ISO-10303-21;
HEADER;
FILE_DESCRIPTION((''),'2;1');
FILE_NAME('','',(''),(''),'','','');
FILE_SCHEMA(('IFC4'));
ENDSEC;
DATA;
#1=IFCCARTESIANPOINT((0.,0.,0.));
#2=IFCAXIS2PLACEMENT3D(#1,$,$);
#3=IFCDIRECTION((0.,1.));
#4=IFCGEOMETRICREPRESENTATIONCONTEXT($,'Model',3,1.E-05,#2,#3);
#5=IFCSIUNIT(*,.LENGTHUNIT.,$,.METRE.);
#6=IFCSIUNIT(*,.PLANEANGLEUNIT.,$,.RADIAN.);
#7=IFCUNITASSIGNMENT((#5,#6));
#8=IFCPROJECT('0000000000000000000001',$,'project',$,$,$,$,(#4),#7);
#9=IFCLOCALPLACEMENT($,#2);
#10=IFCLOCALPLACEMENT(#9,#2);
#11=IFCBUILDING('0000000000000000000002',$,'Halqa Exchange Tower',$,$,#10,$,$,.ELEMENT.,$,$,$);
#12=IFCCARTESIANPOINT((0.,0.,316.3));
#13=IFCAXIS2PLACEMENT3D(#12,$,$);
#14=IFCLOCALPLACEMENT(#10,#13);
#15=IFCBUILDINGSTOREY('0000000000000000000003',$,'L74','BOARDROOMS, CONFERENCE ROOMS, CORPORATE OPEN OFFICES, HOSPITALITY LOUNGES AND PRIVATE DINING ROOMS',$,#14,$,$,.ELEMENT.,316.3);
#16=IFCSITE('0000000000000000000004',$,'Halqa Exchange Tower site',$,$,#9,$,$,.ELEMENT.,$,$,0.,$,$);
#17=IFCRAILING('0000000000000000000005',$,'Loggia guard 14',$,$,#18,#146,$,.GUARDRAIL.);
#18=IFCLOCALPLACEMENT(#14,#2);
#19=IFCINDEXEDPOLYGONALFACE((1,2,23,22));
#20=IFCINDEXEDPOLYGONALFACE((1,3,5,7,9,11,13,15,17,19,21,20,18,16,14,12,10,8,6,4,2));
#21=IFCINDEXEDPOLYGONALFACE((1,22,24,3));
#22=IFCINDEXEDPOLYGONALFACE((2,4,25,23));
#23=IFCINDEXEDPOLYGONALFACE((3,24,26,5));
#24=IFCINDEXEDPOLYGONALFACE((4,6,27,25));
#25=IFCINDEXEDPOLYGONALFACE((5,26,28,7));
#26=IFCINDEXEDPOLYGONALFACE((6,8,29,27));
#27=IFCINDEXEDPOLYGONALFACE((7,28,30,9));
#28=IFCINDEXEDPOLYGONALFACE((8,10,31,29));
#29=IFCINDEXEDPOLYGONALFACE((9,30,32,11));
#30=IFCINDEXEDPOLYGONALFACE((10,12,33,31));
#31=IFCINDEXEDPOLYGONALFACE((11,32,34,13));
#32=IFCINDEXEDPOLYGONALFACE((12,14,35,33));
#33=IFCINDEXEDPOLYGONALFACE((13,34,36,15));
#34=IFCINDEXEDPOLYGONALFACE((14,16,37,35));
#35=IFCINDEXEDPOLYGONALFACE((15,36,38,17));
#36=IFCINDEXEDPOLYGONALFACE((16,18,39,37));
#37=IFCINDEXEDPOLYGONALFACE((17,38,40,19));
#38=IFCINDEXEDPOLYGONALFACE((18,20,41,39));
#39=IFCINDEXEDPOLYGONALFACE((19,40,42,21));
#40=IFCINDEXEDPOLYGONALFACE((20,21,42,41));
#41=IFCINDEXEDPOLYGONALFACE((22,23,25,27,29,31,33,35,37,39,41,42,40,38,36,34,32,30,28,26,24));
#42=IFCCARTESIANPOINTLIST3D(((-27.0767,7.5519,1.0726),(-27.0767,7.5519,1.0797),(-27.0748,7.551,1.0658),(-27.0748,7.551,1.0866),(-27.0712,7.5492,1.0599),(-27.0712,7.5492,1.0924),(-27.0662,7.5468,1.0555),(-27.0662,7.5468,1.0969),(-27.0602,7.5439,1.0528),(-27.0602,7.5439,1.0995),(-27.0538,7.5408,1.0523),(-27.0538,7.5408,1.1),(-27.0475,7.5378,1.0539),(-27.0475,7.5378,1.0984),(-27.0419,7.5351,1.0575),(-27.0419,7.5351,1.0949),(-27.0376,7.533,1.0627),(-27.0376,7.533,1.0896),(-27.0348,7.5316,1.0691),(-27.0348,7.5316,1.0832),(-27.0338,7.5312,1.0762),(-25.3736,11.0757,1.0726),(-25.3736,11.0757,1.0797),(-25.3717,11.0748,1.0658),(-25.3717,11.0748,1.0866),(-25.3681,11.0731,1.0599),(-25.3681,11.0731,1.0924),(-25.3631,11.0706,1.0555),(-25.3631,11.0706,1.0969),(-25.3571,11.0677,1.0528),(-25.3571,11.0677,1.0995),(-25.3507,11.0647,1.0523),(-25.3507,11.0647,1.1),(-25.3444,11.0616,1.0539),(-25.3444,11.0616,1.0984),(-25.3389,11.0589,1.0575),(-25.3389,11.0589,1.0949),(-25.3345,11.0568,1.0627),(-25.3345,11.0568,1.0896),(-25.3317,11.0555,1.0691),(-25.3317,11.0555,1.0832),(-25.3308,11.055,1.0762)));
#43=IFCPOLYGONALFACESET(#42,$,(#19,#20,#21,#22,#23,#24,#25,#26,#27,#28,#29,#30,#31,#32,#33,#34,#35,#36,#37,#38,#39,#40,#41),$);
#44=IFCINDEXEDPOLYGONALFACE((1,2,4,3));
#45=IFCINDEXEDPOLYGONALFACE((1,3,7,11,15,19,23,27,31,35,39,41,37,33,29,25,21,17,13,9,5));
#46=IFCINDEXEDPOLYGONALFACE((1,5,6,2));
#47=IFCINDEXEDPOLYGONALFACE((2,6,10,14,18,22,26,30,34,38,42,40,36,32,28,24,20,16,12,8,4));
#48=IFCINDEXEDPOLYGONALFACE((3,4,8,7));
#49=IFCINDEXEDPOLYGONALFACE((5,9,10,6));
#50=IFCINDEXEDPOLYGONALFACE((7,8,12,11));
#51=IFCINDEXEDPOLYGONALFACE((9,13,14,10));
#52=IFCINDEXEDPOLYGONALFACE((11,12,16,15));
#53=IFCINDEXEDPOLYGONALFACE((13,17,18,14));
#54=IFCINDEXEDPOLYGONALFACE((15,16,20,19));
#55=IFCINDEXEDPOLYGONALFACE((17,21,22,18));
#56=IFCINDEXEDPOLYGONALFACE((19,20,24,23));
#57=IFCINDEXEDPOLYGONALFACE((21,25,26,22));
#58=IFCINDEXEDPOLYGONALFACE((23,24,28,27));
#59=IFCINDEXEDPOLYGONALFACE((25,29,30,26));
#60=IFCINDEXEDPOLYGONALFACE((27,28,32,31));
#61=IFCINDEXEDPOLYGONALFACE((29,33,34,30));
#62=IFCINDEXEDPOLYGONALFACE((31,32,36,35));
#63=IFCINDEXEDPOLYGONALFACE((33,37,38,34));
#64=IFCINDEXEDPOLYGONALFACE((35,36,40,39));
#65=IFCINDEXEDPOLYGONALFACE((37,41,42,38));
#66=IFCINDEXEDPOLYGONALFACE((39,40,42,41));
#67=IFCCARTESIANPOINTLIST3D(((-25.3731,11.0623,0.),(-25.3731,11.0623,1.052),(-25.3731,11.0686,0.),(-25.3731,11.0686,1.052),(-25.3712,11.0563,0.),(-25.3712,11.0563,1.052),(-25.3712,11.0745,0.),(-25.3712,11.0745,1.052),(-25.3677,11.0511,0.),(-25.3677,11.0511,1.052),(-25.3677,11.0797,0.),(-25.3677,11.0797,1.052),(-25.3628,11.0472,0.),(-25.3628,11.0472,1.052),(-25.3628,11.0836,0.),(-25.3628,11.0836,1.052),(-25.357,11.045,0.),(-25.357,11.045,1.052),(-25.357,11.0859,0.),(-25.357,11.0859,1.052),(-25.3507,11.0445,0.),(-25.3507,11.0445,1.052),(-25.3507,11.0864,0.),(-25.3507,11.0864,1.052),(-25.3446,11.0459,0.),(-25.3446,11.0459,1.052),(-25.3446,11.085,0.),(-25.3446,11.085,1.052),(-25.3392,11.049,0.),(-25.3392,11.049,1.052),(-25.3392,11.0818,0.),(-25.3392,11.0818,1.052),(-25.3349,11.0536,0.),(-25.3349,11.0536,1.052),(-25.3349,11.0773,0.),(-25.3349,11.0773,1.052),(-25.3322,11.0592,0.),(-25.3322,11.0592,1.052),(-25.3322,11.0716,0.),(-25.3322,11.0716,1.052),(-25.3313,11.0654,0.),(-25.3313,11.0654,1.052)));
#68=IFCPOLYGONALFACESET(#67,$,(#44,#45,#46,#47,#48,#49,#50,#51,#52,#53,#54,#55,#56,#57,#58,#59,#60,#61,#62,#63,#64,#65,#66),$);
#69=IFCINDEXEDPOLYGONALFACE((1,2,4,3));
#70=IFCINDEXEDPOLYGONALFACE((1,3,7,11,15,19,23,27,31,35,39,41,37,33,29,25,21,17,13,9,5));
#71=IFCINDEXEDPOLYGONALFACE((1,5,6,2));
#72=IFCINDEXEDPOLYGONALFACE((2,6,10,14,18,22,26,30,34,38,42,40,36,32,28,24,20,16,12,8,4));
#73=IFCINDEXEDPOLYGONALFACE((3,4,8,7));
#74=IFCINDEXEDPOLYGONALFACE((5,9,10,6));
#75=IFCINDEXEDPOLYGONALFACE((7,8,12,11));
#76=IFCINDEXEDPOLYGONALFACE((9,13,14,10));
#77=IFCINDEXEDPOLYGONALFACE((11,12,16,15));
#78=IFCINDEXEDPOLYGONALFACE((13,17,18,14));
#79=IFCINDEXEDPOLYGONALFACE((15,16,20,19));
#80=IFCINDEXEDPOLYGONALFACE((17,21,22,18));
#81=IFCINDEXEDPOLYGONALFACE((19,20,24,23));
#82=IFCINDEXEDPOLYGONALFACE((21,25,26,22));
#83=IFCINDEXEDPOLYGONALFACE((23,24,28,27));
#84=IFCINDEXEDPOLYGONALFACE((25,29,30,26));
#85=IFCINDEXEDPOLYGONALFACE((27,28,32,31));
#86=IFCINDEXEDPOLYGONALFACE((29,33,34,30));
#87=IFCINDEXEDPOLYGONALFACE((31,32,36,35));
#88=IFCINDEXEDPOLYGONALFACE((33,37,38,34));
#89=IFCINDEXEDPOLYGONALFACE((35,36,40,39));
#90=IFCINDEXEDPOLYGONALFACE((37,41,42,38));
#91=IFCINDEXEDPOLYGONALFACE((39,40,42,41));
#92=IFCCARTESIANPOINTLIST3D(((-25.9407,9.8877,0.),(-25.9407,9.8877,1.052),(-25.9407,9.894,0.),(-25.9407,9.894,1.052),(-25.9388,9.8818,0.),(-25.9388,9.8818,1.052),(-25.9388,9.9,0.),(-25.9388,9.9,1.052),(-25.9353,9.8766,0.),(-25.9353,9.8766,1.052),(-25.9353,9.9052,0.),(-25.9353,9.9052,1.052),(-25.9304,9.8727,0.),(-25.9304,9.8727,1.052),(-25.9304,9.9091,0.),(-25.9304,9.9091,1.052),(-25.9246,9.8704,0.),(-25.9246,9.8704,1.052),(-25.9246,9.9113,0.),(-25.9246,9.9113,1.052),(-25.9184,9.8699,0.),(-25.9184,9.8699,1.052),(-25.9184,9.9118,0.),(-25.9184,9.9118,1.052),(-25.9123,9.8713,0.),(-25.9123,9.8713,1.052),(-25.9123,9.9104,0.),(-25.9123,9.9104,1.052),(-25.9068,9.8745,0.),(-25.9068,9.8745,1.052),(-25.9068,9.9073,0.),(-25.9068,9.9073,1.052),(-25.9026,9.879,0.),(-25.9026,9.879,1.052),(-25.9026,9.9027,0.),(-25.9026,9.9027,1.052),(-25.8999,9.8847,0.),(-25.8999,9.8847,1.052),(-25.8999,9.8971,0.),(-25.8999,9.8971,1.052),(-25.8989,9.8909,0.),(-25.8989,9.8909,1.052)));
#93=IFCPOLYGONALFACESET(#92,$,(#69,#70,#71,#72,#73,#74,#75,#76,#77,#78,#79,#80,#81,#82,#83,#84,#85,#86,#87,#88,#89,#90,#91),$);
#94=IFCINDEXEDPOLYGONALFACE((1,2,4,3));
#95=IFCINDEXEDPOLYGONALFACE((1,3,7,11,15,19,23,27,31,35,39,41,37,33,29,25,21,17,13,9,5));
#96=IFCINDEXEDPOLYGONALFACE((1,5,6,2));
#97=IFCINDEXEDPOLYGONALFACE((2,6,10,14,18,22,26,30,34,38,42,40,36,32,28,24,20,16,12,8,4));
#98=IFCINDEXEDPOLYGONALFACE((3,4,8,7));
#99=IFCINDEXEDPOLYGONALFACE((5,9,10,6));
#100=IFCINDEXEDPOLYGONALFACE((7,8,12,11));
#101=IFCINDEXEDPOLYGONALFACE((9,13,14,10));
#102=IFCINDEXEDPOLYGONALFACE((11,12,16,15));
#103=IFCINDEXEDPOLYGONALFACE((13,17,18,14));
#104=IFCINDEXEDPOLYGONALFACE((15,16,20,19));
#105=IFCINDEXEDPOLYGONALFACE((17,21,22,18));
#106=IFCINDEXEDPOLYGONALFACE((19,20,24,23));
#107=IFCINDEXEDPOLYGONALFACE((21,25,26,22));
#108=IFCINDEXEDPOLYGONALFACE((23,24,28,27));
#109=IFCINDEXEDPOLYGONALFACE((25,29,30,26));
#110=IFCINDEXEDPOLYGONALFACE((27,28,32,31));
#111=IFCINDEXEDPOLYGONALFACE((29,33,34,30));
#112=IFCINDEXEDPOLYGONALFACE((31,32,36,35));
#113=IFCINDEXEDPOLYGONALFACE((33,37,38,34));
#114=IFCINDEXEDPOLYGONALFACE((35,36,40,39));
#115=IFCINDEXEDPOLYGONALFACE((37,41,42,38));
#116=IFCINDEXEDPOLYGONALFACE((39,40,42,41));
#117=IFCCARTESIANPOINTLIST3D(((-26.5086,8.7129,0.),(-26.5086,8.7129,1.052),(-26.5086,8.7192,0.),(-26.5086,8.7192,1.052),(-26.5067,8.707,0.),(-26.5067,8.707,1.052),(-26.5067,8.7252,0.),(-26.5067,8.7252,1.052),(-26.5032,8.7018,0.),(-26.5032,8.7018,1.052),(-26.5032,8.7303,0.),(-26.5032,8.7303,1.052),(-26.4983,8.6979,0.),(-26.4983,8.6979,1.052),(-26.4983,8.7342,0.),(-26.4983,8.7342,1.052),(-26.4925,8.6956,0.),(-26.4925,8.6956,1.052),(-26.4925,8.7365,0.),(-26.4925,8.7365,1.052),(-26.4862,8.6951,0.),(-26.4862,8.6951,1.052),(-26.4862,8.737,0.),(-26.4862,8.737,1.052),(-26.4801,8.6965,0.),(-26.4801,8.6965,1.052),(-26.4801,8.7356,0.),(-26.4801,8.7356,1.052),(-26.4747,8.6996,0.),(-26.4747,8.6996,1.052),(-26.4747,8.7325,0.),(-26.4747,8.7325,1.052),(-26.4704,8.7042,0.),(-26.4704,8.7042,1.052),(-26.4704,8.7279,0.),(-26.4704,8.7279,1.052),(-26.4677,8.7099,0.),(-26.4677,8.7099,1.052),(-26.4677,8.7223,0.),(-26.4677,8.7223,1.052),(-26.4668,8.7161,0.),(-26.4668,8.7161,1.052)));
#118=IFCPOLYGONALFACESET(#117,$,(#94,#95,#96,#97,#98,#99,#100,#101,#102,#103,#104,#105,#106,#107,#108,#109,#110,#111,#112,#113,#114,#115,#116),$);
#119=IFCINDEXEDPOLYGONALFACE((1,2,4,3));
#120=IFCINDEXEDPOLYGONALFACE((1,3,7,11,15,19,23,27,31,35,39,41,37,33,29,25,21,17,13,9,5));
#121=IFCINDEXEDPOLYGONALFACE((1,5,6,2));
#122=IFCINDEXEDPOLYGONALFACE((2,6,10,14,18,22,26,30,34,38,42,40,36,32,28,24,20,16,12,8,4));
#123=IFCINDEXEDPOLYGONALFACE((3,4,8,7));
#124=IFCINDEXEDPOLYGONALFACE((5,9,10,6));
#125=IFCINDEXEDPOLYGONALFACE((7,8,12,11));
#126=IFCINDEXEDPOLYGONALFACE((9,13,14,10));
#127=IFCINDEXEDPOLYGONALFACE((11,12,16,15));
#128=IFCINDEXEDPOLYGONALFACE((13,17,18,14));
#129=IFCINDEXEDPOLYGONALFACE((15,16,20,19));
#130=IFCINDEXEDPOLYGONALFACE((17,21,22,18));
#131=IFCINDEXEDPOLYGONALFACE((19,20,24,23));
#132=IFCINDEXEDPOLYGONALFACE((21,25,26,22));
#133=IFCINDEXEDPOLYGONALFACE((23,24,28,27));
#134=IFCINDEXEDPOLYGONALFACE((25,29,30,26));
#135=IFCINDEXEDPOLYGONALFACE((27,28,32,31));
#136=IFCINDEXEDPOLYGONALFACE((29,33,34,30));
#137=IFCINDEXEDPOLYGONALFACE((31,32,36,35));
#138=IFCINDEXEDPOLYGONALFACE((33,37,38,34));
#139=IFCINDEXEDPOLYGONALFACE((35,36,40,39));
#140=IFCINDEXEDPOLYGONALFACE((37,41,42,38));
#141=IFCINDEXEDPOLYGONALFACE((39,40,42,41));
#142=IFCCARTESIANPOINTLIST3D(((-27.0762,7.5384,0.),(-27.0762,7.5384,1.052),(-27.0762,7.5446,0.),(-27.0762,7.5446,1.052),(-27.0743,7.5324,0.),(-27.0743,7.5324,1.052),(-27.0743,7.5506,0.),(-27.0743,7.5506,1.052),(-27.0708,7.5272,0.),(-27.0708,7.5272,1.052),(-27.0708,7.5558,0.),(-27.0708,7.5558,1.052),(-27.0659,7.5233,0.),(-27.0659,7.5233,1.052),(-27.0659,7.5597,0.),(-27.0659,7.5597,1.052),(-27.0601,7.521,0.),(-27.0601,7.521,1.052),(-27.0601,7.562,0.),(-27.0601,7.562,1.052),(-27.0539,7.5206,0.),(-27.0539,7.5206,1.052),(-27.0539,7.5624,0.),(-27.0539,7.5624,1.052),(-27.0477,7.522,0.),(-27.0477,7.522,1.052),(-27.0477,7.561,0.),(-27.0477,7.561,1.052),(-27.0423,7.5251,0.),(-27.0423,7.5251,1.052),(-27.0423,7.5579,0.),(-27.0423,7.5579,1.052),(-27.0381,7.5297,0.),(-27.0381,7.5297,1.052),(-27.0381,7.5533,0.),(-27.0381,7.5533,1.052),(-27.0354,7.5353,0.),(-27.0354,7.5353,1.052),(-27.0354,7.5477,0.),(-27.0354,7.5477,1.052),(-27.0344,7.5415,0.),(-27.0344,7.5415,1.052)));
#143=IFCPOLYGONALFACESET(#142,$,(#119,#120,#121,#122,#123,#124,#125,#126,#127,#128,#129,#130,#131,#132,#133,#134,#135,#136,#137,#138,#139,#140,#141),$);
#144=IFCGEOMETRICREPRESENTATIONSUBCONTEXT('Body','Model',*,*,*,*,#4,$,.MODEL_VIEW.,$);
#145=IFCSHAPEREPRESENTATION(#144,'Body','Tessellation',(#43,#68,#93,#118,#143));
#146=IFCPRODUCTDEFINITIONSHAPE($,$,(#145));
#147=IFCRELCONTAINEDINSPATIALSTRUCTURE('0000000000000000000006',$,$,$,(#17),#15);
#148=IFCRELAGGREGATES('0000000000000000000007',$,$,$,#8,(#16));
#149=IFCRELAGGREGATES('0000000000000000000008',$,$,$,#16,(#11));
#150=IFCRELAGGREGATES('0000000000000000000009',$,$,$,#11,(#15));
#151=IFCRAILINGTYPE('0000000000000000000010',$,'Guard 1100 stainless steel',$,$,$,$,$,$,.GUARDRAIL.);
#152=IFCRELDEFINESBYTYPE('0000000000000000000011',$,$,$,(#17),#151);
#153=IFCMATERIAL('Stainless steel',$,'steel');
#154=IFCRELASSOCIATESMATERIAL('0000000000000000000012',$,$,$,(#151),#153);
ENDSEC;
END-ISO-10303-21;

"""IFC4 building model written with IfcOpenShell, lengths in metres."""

from ifc_helpers import new_model, si_unit, direction, frame, origin, origin_2d, place, context, subcontext, project, spatial, circle, extrude, material, type_object, element, save


model = new_model("IFC4")

# Units and contexts
model_context = context("Model", 3, precision=1e-05, world=origin(), true_north=direction((0.0, 1.0)))
body_context = subcontext(model_context, "Body", "Model", "MODEL_VIEW")
ifc_project = project(units=[si_unit("LENGTHUNIT", "METRE"), si_unit("PLANEANGLEUNIT", "RADIAN")], contexts=[model_context])

# Site, building, storey
site_placement = place(None, origin())
site = spatial("IfcSite", under=ifc_project, at=site_placement, Name="Halqa Exchange Tower site", CompositionType="ELEMENT", RefElevation=0.0)
building_placement = place(site_placement, origin())
building = spatial("IfcBuilding", under=site, at=building_placement, Name="Halqa Exchange Tower", CompositionType="ELEMENT")
storey_placement = place(building_placement, frame((0.0, 0.0, 316.3)))
storey = spatial("IfcBuildingStorey", under=building, at=storey_placement, Name="L74", Description="BOARDROOMS, CONFERENCE ROOMS, CORPORATE OPEN OFFICES, HOSPITALITY LOUNGES AND PRIVATE DINING ROOMS", CompositionType="ELEMENT", Elevation=316.3)

# Railing
ifc_material_1 = material(Name="Stainless steel", Category="steel")
railing_type = type_object("IfcRailingType", Name="Guard 1100 stainless steel", PredefinedType="GUARDRAIL", material=ifc_material_1)
railing_1_placement = place(storey_placement, frame((-25.3523, 11.0654, 0.0)))
element("IfcRailing", 1, at=railing_1_placement, inside=storey, type_object=railing_type, Name="Loggia guard 14", PredefinedType="GUARDRAIL", context=body_context, shape_type="SweptSolid", body=[
    extrude(circle(Radius=0.0239, at=origin_2d()), frame((0.0, 0.0, 1.0762), z_axis=(-0.435147, -0.90036, 0.0), x_axis=(0.90036, -0.435147, 0.0)), (0.0, 0.0, 1.0), 3.9138),
    extrude(circle(Radius=0.021, at=origin_2d()), origin(), (0.0, 0.0, 1.0), 1.052),
    extrude(circle(Radius=0.021, at=origin_2d()), frame((-0.5676, -1.1746, 0.0)), (0.0, 0.0, 1.0), 1.052),
    extrude(circle(Radius=0.021, at=origin_2d()), frame((-1.1355, -2.3494, 0.0)), (0.0, 0.0, 1.0), 1.052),
    extrude(circle(Radius=0.021, at=origin_2d()), frame((-1.7031, -3.5239, 0.0)), (0.0, 0.0, 1.0), 1.052),
])

save(model, "model.ifc")
